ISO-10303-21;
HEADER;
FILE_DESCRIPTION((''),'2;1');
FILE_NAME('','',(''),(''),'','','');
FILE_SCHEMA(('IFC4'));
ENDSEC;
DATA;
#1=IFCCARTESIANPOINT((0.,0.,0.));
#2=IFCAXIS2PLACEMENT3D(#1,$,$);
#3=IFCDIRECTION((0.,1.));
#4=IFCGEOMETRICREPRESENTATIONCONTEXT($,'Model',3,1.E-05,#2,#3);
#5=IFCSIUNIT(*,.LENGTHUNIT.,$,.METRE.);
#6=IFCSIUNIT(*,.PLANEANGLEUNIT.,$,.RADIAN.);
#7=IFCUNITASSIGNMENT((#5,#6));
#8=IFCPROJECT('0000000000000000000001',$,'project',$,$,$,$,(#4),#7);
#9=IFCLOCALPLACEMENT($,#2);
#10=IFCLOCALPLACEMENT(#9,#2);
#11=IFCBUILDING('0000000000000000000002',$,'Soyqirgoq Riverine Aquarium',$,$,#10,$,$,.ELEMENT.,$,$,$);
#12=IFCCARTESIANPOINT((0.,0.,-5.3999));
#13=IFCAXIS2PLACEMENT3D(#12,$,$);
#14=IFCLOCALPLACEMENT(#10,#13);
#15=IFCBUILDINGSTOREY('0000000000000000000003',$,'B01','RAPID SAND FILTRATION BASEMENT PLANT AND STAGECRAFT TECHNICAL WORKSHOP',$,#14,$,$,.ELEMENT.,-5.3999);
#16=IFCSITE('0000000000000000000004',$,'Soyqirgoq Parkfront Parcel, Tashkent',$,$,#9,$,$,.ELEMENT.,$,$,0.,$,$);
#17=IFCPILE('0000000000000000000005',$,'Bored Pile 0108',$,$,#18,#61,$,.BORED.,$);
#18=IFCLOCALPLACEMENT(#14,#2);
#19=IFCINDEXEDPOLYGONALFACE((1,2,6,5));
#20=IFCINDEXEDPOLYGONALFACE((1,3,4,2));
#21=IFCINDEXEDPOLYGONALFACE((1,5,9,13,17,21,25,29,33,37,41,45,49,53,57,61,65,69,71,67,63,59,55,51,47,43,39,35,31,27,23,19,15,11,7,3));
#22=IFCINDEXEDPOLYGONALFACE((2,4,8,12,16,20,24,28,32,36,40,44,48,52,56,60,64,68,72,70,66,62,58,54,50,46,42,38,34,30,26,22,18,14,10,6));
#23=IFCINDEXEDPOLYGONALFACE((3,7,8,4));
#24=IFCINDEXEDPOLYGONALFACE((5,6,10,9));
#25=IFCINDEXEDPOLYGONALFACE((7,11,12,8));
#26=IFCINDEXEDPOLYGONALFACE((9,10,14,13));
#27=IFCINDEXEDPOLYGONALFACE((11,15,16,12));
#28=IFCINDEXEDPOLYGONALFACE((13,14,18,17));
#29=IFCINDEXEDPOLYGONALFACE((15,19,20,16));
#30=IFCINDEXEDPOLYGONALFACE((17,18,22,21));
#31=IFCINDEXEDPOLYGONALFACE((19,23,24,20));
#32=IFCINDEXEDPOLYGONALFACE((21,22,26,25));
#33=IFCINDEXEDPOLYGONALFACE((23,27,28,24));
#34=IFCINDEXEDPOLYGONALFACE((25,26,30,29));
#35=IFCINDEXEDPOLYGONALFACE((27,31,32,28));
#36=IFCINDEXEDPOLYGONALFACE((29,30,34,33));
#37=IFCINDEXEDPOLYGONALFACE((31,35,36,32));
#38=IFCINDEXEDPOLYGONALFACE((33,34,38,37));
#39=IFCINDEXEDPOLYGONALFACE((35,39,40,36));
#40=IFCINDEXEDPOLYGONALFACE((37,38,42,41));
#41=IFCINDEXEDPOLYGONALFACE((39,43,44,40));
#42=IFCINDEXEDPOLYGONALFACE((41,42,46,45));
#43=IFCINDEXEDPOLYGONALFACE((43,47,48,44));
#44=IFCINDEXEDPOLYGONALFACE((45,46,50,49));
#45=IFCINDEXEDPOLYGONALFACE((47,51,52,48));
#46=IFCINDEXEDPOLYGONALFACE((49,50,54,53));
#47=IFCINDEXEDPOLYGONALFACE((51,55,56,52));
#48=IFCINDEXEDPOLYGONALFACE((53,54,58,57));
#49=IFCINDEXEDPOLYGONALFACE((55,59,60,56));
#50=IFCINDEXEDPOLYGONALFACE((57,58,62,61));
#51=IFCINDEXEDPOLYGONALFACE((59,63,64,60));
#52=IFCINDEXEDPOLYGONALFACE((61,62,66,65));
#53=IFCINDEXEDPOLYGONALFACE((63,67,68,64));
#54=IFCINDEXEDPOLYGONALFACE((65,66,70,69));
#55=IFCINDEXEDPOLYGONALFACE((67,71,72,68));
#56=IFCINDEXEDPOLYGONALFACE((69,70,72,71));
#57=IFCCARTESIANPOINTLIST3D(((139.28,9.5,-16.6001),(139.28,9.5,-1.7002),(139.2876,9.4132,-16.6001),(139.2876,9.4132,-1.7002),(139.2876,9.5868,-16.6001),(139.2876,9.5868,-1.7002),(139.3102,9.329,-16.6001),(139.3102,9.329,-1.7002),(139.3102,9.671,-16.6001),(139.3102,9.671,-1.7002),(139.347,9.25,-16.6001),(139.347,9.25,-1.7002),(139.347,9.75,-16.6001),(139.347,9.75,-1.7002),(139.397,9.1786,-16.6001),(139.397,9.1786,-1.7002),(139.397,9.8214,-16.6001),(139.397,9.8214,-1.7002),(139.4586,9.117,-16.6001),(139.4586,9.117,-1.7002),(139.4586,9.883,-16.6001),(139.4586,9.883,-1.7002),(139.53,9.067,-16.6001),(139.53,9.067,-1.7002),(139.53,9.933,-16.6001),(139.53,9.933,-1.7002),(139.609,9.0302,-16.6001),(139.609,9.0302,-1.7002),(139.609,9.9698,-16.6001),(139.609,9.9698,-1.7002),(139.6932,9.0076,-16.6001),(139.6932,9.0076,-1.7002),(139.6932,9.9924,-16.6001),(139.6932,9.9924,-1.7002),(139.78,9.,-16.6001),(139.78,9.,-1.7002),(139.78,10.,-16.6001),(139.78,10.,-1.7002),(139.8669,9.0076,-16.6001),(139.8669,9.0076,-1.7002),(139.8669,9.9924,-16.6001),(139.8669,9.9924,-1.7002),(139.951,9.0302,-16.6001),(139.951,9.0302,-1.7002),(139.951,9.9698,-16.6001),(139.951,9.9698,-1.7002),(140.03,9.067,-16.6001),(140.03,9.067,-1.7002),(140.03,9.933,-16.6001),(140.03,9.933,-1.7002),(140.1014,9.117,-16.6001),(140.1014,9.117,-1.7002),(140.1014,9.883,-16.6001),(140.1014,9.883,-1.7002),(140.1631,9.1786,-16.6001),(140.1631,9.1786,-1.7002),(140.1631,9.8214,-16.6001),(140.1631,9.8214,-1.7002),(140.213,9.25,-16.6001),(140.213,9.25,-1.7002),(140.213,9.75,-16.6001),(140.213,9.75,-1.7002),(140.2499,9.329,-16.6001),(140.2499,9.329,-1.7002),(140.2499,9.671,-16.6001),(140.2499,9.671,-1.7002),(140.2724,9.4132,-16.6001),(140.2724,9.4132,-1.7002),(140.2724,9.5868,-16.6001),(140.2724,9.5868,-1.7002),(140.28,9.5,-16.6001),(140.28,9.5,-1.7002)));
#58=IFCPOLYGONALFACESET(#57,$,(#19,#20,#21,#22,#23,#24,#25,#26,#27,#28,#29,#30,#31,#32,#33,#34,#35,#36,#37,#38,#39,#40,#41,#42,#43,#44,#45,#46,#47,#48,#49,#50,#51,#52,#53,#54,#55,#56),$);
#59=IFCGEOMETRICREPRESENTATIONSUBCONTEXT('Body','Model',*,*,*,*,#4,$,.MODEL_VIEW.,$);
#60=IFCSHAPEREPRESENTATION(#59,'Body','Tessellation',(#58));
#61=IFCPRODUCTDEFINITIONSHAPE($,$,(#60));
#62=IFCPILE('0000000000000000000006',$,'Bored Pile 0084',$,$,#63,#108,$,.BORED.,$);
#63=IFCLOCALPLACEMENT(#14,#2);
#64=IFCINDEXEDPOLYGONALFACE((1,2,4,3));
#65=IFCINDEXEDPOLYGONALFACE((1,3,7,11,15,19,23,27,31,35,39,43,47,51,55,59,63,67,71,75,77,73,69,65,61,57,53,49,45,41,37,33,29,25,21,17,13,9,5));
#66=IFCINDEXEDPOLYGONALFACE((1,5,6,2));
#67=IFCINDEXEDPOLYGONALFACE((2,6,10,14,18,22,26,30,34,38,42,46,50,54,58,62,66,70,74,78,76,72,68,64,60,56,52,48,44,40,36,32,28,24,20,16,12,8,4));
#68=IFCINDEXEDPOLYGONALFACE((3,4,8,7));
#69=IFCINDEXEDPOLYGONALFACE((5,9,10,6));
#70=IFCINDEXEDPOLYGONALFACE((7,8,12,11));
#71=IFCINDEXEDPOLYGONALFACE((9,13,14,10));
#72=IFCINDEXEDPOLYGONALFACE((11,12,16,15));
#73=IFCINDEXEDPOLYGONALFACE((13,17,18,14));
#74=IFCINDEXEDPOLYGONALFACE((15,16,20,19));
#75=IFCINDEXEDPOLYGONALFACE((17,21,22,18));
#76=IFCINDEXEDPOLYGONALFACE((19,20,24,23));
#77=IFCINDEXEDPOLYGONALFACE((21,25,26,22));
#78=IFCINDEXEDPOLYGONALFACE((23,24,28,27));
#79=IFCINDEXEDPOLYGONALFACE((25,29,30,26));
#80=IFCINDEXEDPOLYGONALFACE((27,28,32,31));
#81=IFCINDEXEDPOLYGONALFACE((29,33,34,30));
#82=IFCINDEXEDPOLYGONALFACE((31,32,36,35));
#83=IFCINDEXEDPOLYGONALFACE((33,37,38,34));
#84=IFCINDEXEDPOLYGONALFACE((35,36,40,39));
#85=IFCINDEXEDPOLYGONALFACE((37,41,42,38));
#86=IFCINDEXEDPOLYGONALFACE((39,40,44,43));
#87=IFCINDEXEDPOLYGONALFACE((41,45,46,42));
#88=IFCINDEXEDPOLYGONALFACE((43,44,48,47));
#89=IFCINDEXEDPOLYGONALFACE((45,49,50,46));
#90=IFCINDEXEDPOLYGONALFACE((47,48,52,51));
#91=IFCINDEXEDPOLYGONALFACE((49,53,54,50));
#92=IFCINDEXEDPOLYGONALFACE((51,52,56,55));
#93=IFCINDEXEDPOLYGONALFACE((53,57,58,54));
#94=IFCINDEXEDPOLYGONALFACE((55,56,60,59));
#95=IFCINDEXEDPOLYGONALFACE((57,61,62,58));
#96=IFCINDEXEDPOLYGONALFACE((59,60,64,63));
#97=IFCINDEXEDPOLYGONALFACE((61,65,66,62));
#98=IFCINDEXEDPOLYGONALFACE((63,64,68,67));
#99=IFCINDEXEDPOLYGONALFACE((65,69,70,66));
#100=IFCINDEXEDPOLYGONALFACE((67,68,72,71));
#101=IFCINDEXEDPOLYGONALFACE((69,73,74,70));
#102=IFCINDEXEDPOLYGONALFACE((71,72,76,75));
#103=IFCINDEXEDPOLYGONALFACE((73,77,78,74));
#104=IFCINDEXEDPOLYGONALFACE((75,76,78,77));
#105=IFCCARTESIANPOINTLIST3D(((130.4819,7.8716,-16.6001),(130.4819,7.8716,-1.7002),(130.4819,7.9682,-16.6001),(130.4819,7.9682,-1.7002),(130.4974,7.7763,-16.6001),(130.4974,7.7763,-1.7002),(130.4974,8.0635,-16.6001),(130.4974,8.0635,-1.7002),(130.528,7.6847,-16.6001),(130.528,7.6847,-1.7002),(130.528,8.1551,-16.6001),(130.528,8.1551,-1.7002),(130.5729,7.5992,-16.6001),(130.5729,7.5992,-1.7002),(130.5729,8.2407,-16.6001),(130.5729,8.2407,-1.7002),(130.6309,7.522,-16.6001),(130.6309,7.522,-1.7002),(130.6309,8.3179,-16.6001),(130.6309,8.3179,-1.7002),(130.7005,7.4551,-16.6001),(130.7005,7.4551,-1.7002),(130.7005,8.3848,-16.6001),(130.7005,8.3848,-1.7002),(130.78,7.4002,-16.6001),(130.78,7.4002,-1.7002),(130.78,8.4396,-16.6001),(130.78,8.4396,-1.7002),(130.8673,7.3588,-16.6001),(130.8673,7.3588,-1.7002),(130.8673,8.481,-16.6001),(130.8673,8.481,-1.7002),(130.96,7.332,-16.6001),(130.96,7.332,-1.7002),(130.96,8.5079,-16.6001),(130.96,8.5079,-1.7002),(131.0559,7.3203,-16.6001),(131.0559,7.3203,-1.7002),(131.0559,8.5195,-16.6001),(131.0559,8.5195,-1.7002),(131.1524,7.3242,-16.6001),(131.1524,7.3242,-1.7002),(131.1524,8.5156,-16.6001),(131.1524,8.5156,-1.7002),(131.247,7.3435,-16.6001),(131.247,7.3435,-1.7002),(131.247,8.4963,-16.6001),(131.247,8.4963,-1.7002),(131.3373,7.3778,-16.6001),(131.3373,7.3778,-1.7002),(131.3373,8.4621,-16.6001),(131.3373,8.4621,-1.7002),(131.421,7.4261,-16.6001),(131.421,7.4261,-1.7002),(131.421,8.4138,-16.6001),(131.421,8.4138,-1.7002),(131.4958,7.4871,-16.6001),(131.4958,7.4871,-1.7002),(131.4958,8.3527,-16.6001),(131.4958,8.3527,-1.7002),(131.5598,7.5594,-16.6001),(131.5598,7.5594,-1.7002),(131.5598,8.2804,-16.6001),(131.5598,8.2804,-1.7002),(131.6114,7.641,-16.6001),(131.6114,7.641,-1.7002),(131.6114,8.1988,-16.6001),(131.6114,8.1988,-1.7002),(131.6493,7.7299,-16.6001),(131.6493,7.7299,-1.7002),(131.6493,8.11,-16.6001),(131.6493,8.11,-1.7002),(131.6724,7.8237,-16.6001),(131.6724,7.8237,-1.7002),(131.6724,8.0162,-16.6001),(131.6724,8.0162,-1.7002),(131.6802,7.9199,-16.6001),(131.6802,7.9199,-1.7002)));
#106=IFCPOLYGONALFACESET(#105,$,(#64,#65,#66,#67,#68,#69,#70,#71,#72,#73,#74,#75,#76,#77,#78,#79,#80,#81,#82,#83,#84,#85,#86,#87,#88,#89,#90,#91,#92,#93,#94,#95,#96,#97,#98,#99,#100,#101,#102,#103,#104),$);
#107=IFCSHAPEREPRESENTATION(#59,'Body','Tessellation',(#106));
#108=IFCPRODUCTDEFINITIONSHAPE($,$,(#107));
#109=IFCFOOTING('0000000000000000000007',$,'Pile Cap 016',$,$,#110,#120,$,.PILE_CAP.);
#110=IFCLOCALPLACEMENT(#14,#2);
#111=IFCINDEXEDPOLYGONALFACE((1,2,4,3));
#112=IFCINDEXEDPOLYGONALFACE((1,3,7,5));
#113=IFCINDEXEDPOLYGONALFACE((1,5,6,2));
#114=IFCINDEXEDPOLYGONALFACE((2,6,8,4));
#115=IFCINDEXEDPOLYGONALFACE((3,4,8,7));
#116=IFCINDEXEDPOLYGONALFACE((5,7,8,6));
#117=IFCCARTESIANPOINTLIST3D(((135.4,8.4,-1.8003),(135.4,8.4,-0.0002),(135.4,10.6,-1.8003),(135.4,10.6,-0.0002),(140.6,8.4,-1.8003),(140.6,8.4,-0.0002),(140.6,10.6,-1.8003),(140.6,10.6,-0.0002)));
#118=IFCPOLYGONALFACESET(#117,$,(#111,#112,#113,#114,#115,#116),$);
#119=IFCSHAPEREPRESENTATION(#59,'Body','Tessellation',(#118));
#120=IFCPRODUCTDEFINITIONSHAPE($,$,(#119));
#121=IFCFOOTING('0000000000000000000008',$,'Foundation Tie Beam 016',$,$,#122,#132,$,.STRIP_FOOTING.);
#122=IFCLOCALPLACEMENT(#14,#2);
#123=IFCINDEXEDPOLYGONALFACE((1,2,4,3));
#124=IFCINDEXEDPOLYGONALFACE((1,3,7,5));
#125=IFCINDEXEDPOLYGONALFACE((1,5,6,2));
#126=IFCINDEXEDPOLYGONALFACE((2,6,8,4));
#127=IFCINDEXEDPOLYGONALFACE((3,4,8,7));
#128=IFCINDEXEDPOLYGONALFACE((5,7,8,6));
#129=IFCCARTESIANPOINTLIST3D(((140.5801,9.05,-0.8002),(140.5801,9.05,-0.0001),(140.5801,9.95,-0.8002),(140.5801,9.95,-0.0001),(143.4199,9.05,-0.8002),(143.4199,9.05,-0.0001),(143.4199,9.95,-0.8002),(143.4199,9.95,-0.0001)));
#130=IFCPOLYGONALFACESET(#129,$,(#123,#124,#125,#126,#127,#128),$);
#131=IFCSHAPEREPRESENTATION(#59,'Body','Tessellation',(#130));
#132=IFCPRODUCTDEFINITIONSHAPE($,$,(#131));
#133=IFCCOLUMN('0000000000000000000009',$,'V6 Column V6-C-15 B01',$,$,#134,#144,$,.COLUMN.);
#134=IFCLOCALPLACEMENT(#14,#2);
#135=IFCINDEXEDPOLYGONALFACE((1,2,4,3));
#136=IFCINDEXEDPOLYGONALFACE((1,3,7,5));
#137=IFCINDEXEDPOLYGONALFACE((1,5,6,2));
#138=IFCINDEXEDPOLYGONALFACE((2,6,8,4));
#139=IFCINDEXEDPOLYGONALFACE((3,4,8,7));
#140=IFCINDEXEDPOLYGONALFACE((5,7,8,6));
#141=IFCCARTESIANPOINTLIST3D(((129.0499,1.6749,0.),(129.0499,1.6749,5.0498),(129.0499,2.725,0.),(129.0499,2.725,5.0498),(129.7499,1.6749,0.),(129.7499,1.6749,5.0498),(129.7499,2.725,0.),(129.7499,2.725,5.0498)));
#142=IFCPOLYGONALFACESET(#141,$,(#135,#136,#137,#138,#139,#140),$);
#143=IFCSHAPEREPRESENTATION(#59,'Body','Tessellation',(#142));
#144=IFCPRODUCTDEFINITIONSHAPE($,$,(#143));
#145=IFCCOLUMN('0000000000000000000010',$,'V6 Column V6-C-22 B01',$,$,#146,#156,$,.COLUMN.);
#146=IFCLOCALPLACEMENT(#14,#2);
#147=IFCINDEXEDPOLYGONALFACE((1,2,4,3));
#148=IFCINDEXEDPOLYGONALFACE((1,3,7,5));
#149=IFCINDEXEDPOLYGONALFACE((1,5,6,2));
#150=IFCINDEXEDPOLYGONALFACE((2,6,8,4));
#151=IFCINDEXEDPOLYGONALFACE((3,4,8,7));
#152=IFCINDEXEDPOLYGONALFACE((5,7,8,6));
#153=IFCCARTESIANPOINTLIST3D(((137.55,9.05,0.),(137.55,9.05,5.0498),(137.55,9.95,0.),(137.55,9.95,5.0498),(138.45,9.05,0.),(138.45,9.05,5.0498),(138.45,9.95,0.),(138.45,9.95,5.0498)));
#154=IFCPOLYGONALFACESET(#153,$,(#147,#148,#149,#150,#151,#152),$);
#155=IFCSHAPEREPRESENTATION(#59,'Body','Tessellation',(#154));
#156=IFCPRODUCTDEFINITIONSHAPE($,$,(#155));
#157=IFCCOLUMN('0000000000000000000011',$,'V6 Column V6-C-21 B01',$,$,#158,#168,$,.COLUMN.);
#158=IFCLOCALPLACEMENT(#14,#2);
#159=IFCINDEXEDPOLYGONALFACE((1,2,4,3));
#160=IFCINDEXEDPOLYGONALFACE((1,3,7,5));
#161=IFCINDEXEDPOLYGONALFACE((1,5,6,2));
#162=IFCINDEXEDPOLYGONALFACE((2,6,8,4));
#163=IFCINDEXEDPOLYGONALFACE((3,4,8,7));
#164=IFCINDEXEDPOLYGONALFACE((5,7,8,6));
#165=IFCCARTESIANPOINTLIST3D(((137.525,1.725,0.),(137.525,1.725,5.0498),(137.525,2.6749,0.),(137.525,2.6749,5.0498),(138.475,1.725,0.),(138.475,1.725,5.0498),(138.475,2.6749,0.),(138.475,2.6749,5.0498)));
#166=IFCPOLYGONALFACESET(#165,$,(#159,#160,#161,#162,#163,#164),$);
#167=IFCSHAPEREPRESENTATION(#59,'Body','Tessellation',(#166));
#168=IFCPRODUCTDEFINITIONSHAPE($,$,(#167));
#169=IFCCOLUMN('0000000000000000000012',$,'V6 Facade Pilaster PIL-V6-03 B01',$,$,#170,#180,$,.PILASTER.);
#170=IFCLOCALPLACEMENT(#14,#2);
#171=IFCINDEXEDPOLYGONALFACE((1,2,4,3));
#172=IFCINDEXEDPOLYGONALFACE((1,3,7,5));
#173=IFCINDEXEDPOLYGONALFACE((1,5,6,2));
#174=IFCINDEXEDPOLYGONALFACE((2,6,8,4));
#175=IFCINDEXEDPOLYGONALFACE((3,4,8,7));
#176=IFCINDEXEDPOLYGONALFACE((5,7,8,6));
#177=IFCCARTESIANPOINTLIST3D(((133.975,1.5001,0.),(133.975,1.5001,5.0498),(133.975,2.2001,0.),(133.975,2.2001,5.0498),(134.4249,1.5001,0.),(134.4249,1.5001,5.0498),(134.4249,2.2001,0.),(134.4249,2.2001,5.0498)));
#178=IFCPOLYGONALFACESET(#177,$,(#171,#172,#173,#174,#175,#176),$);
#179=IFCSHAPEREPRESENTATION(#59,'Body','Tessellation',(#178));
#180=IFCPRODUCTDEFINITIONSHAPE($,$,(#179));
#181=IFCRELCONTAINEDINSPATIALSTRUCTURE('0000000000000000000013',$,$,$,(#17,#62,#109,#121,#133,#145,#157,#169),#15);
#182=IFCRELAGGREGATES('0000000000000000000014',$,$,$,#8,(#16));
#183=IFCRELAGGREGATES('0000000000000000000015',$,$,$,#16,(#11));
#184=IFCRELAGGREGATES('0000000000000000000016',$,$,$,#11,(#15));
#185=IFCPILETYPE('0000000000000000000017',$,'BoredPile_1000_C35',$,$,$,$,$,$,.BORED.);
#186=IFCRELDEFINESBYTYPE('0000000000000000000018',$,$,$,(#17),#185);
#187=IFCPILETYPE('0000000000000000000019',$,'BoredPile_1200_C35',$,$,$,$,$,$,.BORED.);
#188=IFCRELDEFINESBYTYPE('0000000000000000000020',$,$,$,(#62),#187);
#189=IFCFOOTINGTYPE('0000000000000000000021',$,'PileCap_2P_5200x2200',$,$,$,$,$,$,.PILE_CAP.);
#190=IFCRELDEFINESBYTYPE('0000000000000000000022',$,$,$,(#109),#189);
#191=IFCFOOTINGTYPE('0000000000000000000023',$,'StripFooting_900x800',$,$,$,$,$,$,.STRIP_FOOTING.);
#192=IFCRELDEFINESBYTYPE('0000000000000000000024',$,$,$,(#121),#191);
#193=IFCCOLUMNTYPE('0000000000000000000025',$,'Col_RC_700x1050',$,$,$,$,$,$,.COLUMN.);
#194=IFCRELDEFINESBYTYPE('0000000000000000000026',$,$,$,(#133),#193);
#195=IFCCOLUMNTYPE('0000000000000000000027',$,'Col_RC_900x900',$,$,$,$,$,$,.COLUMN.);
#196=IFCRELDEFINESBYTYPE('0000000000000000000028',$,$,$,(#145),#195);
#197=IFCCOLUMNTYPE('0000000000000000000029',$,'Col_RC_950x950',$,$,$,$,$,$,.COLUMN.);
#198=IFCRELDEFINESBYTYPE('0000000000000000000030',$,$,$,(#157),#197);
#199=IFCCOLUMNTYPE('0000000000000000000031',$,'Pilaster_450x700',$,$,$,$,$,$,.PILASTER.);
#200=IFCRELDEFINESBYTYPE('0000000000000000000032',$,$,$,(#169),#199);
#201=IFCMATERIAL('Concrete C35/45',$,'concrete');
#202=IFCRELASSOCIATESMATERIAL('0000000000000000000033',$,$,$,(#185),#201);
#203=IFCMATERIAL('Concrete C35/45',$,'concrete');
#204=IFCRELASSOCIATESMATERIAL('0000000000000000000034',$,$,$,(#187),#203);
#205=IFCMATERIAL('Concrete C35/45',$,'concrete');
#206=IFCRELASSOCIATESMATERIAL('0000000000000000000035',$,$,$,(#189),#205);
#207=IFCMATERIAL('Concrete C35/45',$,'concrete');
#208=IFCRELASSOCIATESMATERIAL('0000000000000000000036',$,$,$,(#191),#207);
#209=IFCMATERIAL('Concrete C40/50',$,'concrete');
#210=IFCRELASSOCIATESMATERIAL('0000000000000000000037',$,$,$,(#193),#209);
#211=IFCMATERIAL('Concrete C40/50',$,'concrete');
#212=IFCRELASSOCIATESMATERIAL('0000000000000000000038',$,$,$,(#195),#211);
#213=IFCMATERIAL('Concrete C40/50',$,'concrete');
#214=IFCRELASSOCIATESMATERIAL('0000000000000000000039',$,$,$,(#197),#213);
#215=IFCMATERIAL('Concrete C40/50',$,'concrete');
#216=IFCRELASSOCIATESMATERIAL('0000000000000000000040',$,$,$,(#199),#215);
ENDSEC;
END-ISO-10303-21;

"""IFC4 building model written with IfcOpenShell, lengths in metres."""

from ifc_helpers import new_model, si_unit, direction, frame, origin, origin_2d, place, context, subcontext, project, spatial, rectangle, circle, extrude, material, material_profile, profile_set, type_object, element, save


model = new_model("IFC4")

# Units and contexts
model_context = context("Model", 3, precision=1e-05, world=origin(), true_north=direction((0.0, 1.0)))
body_context = subcontext(model_context, "Body", "Model", "MODEL_VIEW")
ifc_project = project(units=[si_unit("LENGTHUNIT", "METRE"), si_unit("PLANEANGLEUNIT", "RADIAN")], contexts=[model_context])

# Site, building, storey
site_placement = place(None, origin())
site = spatial("IfcSite", under=ifc_project, at=site_placement, Name="Soyqirgoq Parkfront Parcel, Tashkent", CompositionType="ELEMENT", RefElevation=0.0)
building_placement = place(site_placement, origin())
building = spatial("IfcBuilding", under=site, at=building_placement, Name="Soyqirgoq Riverine Aquarium", CompositionType="ELEMENT")
storey_placement = place(building_placement, frame((0.0, 0.0, -5.3999)))
storey = spatial("IfcBuildingStorey", under=building, at=storey_placement, Name="B01", Description="RAPID SAND FILTRATION BASEMENT PLANT AND STAGECRAFT TECHNICAL WORKSHOP", CompositionType="ELEMENT", Elevation=-5.3999)

# Piles
ifc_material_1 = material(Name="Concrete C35/45", Category="concrete")
ifc_material_profile_1 = material_profile(ifc_material_1, circle(Radius=0.5, at=origin_2d()), Name="BP D1000")
ifc_profile_set_1 = profile_set([ifc_material_profile_1], Name="Concrete C35/45")
pile_type_1 = type_object("IfcPileType", Name="BoredPile_1000_C35", PredefinedType="BORED", material=ifc_profile_set_1)
for number, where, z_axis, x_axis, name in (
    (1, (139.78, 9.5, -1.7002), (0.0, 0.0, -1.0), (1.0, 0.0, 0.0), "Bored Pile 0108"),
):
    element("IfcPile", number, at=place(storey_placement, frame(where, z_axis=z_axis, x_axis=x_axis)), inside=storey, type_object=pile_type_1, Name=name, PredefinedType="BORED", context=body_context, shape_type="SweptSolid", body=[
        extrude(circle(Radius=0.5, at=origin_2d()), origin(), (0.0, 0.0, 1.0), 14.8999),
    ])
ifc_material_2 = material(Name="Concrete C35/45", Category="concrete")
ifc_material_profile_2 = material_profile(ifc_material_2, circle(Radius=0.6001, at=origin_2d()), Name="BP D1200")
ifc_profile_set_2 = profile_set([ifc_material_profile_2], Name="Concrete C35/45")
pile_type_2 = type_object("IfcPileType", Name="BoredPile_1200_C35", PredefinedType="BORED", material=ifc_profile_set_2)
pile_placement = place(storey_placement, frame((131.0801, 7.9199, -1.7002), z_axis=(0.0, 0.0, -1.0), x_axis=(1.0, 0.0, 0.0)))
element("IfcPile", 2, at=pile_placement, inside=storey, type_object=pile_type_2, Name="Bored Pile 0084", PredefinedType="BORED", context=body_context, shape_type="SweptSolid", body=[
    extrude(circle(Radius=0.6001, at=origin_2d()), origin(), (0.0, 0.0, 1.0), 14.8999),
])

# Footings
ifc_material_3 = material(Name="Concrete C35/45", Category="concrete")
footing_type_1 = type_object("IfcFootingType", Name="PileCap_2P_5200x2200", PredefinedType="PILE_CAP", material=ifc_material_3)
footing_1_placement = place(storey_placement, frame((138.0, 9.5, -1.8003), z_axis=(0.0, 0.0, 1.0), x_axis=(1.0, 0.0, 0.0)))
element("IfcFooting", 3, at=footing_1_placement, inside=storey, type_object=footing_type_1, Name="Pile Cap 016", PredefinedType="PILE_CAP", context=body_context, shape_type="SweptSolid", body=[
    extrude(rectangle(XDim=5.2, YDim=2.2, at=origin_2d()), origin(), (0.0, 0.0, 1.0), 1.8),
])
ifc_material_4 = material(Name="Concrete C35/45", Category="concrete")
ifc_material_profile_3 = material_profile(ifc_material_4, rectangle(XDim=0.8999, YDim=0.8, at=origin_2d()), Name="RC 900x800")
ifc_profile_set_3 = profile_set([ifc_material_profile_3], Name="Concrete C35/45")
footing_type_2 = type_object("IfcFootingType", Name="StripFooting_900x800", PredefinedType="STRIP_FOOTING", material=ifc_profile_set_3)
footing_2_placement = place(storey_placement, frame((140.5801, 9.5, -0.4001), z_axis=(1.0, 0.0, 0.0), x_axis=(0.0, 1.0, 0.0)))
element("IfcFooting", 4, at=footing_2_placement, inside=storey, type_object=footing_type_2, Name="Foundation Tie Beam 016", PredefinedType="STRIP_FOOTING", context=body_context, shape_type="SweptSolid", body=[
    extrude(rectangle(XDim=0.8999, YDim=0.8, at=origin_2d()), origin(), (0.0, 0.0, 1.0), 2.8398),
])

# Columns
ifc_material_5 = material(Name="Concrete C40/50", Category="concrete")
ifc_material_profile_4 = material_profile(ifc_material_5, rectangle(XDim=0.7, YDim=1.05, at=origin_2d()), Name="RC-COL 700x1050")
ifc_profile_set_4 = profile_set([ifc_material_profile_4], Name="Concrete C40/50")
column_type_1 = type_object("IfcColumnType", Name="Col_RC_700x1050", PredefinedType="COLUMN", material=ifc_profile_set_4)
column_1_placement = place(storey_placement, frame((129.3999, 2.2, 0.0), z_axis=(0.0, 0.0, 1.0), x_axis=(1.0, 0.0, 0.0)))
element("IfcColumn", 5, at=column_1_placement, inside=storey, type_object=column_type_1, Name="V6 Column V6-C-15 B01", PredefinedType="COLUMN", context=body_context, shape_type="SweptSolid", body=[
    extrude(rectangle(XDim=0.7, YDim=1.05, at=origin_2d()), origin(), (0.0, 0.0, 1.0), 5.0498),
])
ifc_material_6 = material(Name="Concrete C40/50", Category="concrete")
ifc_material_profile_5 = material_profile(ifc_material_6, rectangle(XDim=0.8999, YDim=0.8999, at=origin_2d()), Name="RC 900x900")
ifc_profile_set_5 = profile_set([ifc_material_profile_5], Name="Concrete C40/50")
column_type_2 = type_object("IfcColumnType", Name="Col_RC_900x900", PredefinedType="COLUMN", material=ifc_profile_set_5)
column_2_placement = place(storey_placement, frame((138.0, 9.5, 0.0), z_axis=(0.0, 0.0, 1.0), x_axis=(1.0, 0.0, 0.0)))
element("IfcColumn", 6, at=column_2_placement, inside=storey, type_object=column_type_2, Name="V6 Column V6-C-22 B01", PredefinedType="COLUMN", context=body_context, shape_type="SweptSolid", body=[
    extrude(rectangle(XDim=0.8999, YDim=0.8999, at=origin_2d()), origin(), (0.0, 0.0, 1.0), 5.0498),
])
ifc_material_7 = material(Name="Concrete C40/50", Category="concrete")
ifc_material_profile_6 = material_profile(ifc_material_7, rectangle(XDim=0.95, YDim=0.95, at=origin_2d()), Name="RC 950x950")
ifc_profile_set_6 = profile_set([ifc_material_profile_6], Name="Concrete C40/50")
column_type_3 = type_object("IfcColumnType", Name="Col_RC_950x950", PredefinedType="COLUMN", material=ifc_profile_set_6)
column_3_placement = place(storey_placement, frame((138.0, 2.2, 0.0), z_axis=(0.0, 0.0, 1.0), x_axis=(1.0, 0.0, 0.0)))
element("IfcColumn", 7, at=column_3_placement, inside=storey, type_object=column_type_3, Name="V6 Column V6-C-21 B01", PredefinedType="COLUMN", context=body_context, shape_type="SweptSolid", body=[
    extrude(rectangle(XDim=0.95, YDim=0.95, at=origin_2d()), origin(), (0.0, 0.0, 1.0), 5.0498),
])
ifc_material_8 = material(Name="Concrete C40/50", Category="concrete")
ifc_material_profile_7 = material_profile(ifc_material_8, rectangle(XDim=0.45, YDim=0.7, at=origin_2d()), Name="RC-PIL 450x700")
ifc_profile_set_7 = profile_set([ifc_material_profile_7], Name="Concrete C40/50")
column_type_4 = type_object("IfcColumnType", Name="Pilaster_450x700", PredefinedType="PILASTER", material=ifc_profile_set_7)
for number, where, z_axis, x_axis, name in (
    (8, (134.2, 1.8501, 0.0), (0.0, 0.0, 1.0), (1.0, 0.0, 0.0), "V6 Facade Pilaster PIL-V6-03 B01"),
):
    element("IfcColumn", number, at=place(storey_placement, frame(where, z_axis=z_axis, x_axis=x_axis)), inside=storey, type_object=column_type_4, Name=name, PredefinedType="PILASTER", context=body_context, shape_type="SweptSolid", body=[
        extrude(rectangle(XDim=0.45, YDim=0.7, at=origin_2d()), origin(), (0.0, 0.0, 1.0), 5.0498),
    ])

save(model, "model.ifc")
